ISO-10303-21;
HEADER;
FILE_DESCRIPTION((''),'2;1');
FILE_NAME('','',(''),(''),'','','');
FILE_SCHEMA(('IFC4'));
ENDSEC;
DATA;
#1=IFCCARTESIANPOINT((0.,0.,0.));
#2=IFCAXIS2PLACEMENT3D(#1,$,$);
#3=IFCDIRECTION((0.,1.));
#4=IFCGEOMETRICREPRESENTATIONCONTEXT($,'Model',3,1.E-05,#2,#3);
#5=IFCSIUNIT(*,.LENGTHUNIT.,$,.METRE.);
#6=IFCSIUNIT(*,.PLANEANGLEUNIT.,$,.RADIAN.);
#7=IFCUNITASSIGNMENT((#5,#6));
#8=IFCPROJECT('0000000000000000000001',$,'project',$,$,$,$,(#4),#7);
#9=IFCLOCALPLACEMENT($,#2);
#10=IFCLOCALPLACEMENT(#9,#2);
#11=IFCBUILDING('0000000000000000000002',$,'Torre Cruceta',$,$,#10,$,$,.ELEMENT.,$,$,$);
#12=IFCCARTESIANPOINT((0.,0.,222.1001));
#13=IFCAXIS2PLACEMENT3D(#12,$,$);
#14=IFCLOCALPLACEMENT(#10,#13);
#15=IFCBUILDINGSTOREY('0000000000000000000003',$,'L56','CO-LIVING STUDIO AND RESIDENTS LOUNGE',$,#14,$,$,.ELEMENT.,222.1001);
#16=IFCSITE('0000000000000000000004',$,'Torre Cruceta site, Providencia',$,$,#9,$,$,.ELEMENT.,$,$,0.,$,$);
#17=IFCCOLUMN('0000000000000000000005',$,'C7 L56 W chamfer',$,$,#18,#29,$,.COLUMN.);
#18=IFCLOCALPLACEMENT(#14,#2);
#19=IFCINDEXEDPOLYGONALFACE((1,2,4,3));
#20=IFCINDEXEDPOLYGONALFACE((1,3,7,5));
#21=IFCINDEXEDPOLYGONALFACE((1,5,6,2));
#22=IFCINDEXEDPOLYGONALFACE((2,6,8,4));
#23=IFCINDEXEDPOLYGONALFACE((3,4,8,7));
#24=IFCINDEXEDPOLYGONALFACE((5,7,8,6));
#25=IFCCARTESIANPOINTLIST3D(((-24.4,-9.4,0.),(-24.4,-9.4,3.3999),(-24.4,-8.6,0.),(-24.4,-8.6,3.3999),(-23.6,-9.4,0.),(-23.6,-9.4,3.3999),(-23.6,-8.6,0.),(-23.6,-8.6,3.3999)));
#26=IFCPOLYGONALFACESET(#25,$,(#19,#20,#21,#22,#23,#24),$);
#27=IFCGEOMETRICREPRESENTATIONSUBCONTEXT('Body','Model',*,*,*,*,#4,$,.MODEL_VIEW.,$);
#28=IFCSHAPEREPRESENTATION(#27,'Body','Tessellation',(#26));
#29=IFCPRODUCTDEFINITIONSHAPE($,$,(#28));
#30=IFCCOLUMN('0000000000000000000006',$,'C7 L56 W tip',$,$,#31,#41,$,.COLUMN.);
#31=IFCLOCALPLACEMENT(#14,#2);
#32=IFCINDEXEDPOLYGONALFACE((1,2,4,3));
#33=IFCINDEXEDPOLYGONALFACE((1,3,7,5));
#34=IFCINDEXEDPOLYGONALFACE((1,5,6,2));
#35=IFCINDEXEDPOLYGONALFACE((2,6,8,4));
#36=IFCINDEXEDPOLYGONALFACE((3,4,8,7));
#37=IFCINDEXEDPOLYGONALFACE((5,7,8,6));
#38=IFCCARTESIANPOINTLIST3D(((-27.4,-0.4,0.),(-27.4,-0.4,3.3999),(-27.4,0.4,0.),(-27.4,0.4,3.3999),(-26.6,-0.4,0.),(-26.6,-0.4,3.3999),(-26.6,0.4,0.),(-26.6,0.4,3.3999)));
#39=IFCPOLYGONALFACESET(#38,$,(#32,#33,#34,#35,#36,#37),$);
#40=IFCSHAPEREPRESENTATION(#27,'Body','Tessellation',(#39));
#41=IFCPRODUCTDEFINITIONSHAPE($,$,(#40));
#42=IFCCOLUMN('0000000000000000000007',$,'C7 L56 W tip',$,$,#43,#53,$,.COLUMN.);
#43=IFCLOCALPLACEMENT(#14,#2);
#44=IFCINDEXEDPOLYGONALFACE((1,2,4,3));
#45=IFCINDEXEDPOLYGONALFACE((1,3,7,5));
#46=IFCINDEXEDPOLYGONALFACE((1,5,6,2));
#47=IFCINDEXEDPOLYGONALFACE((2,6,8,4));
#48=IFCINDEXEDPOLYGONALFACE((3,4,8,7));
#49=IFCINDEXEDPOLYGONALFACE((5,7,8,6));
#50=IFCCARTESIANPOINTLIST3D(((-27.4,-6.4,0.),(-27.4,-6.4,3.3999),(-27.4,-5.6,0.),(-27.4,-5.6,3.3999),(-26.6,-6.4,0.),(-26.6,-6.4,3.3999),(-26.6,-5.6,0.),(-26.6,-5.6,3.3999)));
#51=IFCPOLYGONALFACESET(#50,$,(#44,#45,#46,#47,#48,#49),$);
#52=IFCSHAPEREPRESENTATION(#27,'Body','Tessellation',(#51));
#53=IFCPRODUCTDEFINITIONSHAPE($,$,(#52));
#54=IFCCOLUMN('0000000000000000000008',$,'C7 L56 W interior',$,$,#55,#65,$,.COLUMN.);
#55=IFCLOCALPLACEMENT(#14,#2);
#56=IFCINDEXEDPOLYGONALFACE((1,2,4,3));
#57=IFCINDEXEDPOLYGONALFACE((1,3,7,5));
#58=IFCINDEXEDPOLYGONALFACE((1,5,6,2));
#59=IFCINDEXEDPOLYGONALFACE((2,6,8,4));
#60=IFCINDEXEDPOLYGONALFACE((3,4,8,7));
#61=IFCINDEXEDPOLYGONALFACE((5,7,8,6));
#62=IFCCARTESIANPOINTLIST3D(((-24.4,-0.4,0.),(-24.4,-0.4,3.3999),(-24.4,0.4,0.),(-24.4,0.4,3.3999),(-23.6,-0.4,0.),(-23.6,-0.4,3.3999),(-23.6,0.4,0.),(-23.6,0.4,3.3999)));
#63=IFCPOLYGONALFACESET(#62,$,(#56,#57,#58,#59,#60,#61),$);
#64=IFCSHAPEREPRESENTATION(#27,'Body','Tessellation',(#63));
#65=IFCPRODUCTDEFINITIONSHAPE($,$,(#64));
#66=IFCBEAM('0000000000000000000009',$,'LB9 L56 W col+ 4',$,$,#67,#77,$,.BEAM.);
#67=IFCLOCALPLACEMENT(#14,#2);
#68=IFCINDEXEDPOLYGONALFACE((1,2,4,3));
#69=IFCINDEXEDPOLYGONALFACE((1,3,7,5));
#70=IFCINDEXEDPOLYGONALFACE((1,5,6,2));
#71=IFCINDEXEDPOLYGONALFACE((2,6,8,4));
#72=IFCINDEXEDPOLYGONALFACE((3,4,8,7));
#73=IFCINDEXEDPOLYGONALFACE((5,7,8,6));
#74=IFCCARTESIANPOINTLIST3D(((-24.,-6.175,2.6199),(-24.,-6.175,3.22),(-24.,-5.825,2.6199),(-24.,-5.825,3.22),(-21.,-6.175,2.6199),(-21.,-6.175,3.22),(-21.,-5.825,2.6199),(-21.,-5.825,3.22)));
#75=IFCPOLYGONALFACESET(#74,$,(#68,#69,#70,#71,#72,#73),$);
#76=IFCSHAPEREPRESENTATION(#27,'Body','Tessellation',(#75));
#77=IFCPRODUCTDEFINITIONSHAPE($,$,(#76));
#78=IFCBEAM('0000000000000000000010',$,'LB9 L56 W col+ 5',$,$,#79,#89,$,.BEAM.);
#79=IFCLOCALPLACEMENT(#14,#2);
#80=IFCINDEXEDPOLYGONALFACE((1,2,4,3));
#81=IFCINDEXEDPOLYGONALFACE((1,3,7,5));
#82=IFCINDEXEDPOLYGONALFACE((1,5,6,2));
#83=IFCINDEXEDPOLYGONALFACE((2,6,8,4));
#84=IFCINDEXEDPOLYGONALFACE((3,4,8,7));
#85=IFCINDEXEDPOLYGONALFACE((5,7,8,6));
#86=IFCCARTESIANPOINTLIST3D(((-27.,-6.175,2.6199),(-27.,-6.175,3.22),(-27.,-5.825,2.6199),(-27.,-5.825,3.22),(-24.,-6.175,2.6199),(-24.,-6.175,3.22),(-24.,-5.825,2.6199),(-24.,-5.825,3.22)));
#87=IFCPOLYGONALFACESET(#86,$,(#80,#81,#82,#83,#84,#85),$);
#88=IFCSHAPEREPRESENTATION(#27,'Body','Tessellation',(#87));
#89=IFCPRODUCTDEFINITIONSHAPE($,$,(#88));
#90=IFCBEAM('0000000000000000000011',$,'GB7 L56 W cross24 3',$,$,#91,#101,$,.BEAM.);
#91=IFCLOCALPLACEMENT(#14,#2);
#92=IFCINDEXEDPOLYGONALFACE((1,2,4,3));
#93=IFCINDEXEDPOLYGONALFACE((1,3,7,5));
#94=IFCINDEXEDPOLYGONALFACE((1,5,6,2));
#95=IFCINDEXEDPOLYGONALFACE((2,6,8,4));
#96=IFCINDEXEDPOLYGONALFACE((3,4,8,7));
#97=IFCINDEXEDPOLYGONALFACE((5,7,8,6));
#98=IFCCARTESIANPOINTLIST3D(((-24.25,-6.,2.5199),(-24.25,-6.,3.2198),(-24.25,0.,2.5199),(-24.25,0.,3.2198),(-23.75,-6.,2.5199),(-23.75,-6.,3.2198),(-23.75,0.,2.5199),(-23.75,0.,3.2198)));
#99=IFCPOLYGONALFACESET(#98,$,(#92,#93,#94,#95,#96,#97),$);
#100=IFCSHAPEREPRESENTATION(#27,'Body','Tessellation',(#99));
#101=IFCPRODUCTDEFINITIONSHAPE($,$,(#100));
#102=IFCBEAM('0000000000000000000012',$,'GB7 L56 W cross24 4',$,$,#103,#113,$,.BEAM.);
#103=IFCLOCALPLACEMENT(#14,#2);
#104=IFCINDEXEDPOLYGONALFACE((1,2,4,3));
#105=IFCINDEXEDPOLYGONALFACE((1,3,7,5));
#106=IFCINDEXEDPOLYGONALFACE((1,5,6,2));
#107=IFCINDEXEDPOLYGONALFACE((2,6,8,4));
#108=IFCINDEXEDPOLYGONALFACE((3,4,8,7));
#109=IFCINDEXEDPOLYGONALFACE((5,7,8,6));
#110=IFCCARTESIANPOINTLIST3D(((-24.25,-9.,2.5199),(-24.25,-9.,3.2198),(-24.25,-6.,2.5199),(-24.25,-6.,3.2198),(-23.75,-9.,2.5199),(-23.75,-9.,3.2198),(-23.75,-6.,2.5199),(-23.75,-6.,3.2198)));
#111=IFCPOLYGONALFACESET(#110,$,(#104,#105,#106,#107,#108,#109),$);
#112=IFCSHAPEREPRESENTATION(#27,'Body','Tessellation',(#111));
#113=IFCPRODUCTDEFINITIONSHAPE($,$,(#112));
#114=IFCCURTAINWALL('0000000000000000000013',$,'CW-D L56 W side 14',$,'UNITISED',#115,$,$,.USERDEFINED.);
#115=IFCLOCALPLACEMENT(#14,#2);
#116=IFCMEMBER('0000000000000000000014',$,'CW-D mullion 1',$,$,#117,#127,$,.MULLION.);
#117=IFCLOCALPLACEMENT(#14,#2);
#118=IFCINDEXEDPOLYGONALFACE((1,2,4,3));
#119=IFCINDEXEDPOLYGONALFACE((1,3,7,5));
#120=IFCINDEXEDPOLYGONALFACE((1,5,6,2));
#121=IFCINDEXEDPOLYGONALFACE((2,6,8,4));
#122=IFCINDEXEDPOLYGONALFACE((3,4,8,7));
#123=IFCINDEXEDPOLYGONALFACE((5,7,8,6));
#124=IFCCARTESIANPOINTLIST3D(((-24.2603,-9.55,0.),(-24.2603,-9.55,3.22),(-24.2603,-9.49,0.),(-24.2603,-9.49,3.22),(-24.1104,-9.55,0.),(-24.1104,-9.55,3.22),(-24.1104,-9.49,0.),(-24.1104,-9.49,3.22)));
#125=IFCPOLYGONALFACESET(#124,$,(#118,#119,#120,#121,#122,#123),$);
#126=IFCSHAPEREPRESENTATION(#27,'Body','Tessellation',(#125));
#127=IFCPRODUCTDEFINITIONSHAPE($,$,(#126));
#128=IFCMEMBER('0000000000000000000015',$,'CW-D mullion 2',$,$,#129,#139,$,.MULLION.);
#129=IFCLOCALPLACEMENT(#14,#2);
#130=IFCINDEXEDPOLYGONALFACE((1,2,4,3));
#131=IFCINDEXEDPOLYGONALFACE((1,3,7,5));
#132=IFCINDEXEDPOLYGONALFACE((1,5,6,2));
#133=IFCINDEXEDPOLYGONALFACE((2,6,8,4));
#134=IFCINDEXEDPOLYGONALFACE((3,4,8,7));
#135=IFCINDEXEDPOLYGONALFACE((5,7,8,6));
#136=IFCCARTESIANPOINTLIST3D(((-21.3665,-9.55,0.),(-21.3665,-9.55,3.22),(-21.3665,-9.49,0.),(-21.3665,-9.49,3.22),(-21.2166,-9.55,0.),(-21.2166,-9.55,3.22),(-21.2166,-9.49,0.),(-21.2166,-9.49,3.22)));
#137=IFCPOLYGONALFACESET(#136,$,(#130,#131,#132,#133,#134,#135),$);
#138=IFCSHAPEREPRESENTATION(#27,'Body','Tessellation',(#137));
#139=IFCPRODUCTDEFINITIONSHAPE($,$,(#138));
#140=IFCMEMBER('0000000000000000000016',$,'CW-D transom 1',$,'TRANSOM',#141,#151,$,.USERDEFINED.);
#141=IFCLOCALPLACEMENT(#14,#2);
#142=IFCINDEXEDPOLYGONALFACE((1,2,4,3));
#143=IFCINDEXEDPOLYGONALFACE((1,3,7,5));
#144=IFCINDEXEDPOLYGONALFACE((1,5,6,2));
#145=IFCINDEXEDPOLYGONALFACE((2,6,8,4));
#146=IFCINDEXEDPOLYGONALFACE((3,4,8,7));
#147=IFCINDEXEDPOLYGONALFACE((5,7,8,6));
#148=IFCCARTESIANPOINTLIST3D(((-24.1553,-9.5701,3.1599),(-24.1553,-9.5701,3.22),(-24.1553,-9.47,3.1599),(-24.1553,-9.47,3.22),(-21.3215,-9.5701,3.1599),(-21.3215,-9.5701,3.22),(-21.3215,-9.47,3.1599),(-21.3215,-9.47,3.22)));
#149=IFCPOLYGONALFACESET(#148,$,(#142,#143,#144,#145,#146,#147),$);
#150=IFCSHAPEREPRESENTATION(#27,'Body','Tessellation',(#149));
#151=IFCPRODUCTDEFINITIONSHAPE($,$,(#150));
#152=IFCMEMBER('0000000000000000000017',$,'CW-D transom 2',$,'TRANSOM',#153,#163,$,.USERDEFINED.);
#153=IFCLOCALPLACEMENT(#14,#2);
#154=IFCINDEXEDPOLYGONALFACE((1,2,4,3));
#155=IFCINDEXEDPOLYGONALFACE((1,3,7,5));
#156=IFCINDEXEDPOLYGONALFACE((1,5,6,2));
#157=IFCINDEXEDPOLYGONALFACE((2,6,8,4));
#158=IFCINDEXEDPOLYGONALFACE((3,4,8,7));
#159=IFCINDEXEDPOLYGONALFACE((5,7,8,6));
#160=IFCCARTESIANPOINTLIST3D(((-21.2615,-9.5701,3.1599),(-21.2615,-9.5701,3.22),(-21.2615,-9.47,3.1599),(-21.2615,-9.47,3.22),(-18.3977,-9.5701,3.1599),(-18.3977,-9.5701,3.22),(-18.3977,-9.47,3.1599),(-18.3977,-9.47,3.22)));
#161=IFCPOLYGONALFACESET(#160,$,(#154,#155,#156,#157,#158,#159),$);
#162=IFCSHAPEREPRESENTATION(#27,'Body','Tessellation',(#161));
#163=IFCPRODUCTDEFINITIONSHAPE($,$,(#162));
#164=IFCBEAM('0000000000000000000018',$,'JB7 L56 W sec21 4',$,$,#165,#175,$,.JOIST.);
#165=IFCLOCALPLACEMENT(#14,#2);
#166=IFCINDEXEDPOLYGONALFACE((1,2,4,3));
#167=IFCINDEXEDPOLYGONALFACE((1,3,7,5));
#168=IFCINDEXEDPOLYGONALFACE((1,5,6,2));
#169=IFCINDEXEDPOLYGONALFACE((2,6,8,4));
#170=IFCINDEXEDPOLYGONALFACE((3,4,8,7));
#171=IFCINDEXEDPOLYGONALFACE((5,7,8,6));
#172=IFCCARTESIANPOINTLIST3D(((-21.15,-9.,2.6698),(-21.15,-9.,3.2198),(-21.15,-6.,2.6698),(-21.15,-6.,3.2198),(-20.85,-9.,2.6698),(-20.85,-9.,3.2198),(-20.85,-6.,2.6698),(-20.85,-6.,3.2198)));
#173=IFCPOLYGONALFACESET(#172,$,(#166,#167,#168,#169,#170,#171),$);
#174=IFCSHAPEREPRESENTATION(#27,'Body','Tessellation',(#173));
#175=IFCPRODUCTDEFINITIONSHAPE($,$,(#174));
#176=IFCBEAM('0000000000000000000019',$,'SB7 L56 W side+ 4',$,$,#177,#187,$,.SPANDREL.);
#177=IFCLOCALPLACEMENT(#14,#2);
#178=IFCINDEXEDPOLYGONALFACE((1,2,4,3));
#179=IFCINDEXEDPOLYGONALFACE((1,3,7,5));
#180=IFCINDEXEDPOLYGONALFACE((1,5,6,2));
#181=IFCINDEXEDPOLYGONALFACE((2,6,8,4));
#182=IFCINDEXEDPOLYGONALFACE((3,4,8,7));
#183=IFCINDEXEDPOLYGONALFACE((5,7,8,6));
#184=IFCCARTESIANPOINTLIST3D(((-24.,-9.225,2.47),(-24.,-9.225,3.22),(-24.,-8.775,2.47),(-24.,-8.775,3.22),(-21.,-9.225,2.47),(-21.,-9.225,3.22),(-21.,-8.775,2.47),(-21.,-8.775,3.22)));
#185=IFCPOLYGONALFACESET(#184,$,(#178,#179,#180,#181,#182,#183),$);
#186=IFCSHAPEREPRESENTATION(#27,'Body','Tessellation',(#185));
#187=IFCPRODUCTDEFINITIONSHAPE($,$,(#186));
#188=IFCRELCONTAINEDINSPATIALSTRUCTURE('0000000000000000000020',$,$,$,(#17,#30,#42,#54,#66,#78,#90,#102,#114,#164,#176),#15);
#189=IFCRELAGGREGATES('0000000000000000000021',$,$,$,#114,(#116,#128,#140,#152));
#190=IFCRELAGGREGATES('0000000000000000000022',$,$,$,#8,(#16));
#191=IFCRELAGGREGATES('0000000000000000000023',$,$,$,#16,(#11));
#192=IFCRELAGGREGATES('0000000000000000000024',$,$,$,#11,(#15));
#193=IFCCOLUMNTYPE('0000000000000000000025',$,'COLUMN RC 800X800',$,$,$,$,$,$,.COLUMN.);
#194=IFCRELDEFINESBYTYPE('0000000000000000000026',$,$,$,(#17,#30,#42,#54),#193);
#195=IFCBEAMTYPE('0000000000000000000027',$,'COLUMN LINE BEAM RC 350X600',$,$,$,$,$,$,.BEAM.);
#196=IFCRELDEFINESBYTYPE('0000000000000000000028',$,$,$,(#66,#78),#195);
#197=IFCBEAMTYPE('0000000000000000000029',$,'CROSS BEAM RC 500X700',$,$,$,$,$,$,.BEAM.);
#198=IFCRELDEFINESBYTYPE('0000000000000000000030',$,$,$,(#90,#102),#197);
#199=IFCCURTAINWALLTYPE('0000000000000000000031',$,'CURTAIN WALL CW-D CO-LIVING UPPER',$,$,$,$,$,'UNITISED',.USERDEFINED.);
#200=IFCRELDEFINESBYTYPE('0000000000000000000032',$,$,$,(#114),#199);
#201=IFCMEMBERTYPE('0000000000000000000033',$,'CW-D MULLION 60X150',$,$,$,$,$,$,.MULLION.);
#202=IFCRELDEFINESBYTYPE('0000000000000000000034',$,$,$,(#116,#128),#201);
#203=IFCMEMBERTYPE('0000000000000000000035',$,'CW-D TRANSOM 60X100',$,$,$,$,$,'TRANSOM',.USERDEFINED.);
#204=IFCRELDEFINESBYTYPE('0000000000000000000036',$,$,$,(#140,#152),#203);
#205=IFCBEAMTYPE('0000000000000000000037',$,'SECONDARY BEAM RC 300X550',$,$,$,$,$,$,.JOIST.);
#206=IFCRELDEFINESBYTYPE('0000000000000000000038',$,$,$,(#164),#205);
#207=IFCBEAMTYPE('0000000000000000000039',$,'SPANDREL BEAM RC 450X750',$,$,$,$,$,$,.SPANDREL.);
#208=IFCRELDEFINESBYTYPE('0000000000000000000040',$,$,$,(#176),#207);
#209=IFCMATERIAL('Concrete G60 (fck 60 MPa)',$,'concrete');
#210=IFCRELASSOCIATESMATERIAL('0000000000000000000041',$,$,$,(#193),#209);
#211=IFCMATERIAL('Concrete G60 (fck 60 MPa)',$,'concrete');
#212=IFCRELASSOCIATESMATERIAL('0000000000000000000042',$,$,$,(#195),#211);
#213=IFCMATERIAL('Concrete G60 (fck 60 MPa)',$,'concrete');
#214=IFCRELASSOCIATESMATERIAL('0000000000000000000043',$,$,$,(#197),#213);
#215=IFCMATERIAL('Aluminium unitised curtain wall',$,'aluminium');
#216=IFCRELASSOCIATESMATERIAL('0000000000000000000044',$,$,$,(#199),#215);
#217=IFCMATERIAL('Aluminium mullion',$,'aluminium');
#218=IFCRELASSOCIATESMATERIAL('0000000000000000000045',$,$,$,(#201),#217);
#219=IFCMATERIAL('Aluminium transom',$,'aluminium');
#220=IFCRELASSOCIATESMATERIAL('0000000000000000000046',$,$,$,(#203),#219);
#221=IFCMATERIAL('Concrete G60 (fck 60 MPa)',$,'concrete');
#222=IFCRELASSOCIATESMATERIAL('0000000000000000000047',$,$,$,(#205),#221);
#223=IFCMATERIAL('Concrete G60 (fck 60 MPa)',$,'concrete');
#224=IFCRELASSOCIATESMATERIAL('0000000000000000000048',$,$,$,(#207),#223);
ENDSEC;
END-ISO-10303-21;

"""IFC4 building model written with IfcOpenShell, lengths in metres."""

from ifc_helpers import new_model, si_unit, direction, frame, origin, origin_2d, place, context, subcontext, project, spatial, rectangle, extrude, material, material_profile, profile_set, type_object, element, aggregate, save


model = new_model("IFC4")

# Units and contexts
model_context = context("Model", 3, precision=1e-05, world=origin(), true_north=direction((0.0, 1.0)))
body_context = subcontext(model_context, "Body", "Model", "MODEL_VIEW")
ifc_project = project(units=[si_unit("LENGTHUNIT", "METRE"), si_unit("PLANEANGLEUNIT", "RADIAN")], contexts=[model_context])

# Site, building, storey
site_placement = place(None, origin())
site = spatial("IfcSite", under=ifc_project, at=site_placement, Name="Torre Cruceta site, Providencia", CompositionType="ELEMENT", RefElevation=0.0)
building_placement = place(site_placement, origin())
building = spatial("IfcBuilding", under=site, at=building_placement, Name="Torre Cruceta", CompositionType="ELEMENT")
storey_placement = place(building_placement, frame((0.0, 0.0, 222.1001)))
storey = spatial("IfcBuildingStorey", under=building, at=storey_placement, Name="L56", Description="CO-LIVING STUDIO AND RESIDENTS LOUNGE", CompositionType="ELEMENT", Elevation=222.1001)

# Columns
ifc_material_1 = material(Name="Concrete G60 (fck 60 MPa)", Category="concrete")
ifc_material_profile_1 = material_profile(ifc_material_1, rectangle(XDim=0.8, YDim=0.8, at=origin_2d()), Name="RC 800X800")
ifc_profile_set_1 = profile_set([ifc_material_profile_1], Name="Concrete G60 (fck 60 MPa)")
column_type = type_object("IfcColumnType", Name="COLUMN RC 800X800", PredefinedType="COLUMN", material=ifc_profile_set_1)
for number, where, z_axis, x_axis, name in (
    (1, (-24.0, -9.0, 0.0), (0.0, 0.0, 1.0), (1.0, 0.0, 0.0), "C7 L56 W chamfer"),
    (2, (-27.0, 0.0, 0.0), (0.0, 0.0, 1.0), (1.0, 0.0, 0.0), "C7 L56 W tip"),
    (3, (-27.0, -6.0, 0.0), (0.0, 0.0, 1.0), (1.0, 0.0, 0.0), "C7 L56 W tip"),
    (4, (-24.0, 0.0, 0.0), (0.0, 0.0, 1.0), (1.0, 0.0, 0.0), "C7 L56 W interior"),
):
    element("IfcColumn", number, at=place(storey_placement, frame(where, z_axis=z_axis, x_axis=x_axis)), inside=storey, type_object=column_type, Name=name, PredefinedType="COLUMN", context=body_context, shape_type="SweptSolid", body=[
        extrude(rectangle(XDim=0.8, YDim=0.8, at=origin_2d()), origin(), (0.0, 0.0, 1.0), 3.3999),
    ])

# Beams
ifc_material_2 = material(Name="Concrete G60 (fck 60 MPa)", Category="concrete")
ifc_material_profile_2 = material_profile(ifc_material_2, rectangle(XDim=0.3501, YDim=0.6001, at=origin_2d()), Name="RC 350X600")
ifc_profile_set_2 = profile_set([ifc_material_profile_2], Name="Concrete G60 (fck 60 MPa)")
beam_type_1 = type_object("IfcBeamType", Name="COLUMN LINE BEAM RC 350X600", PredefinedType="BEAM", material=ifc_profile_set_2)
for number, where, z_axis, x_axis, name in (
    (5, (-21.0, -6.0, 2.9199), (-1.0, 0.0, 0.0), (0.0, -1.0, 0.0), "LB9 L56 W col+ 4"),
    (6, (-24.0, -6.0, 2.9199), (-1.0, 0.0, 0.0), (0.0, -1.0, 0.0), "LB9 L56 W col+ 5"),
):
    element("IfcBeam", number, at=place(storey_placement, frame(where, z_axis=z_axis, x_axis=x_axis)), inside=storey, type_object=beam_type_1, Name=name, PredefinedType="BEAM", context=body_context, shape_type="SweptSolid", body=[
        extrude(rectangle(XDim=0.3501, YDim=0.6001, at=origin_2d()), origin(), (0.0, 0.0, 1.0), 3.0),
    ])
ifc_material_3 = material(Name="Concrete G60 (fck 60 MPa)", Category="concrete")
ifc_material_profile_3 = material_profile(ifc_material_3, rectangle(XDim=0.5, YDim=0.7, at=origin_2d()), Name="RC 500X700")
ifc_profile_set_3 = profile_set([ifc_material_profile_3], Name="Concrete G60 (fck 60 MPa)")
beam_type_2 = type_object("IfcBeamType", Name="CROSS BEAM RC 500X700", PredefinedType="BEAM", material=ifc_profile_set_3)
beam_1_placement = place(storey_placement, frame((-24.0, 0.0, 2.8699), z_axis=(0.0, -1.0, 0.0), x_axis=(1.0, 0.0, 0.0)))
element("IfcBeam", 7, at=beam_1_placement, inside=storey, type_object=beam_type_2, Name="GB7 L56 W cross24 3", PredefinedType="BEAM", context=body_context, shape_type="SweptSolid", body=[
    extrude(rectangle(XDim=0.5, YDim=0.7, at=origin_2d()), origin(), (0.0, 0.0, 1.0), 6.0),
])
beam_2_placement = place(storey_placement, frame((-24.0, -6.0, 2.8699), z_axis=(0.0, -1.0, 0.0), x_axis=(1.0, 0.0, 0.0)))
element("IfcBeam", 8, at=beam_2_placement, inside=storey, type_object=beam_type_2, Name="GB7 L56 W cross24 4", PredefinedType="BEAM", context=body_context, shape_type="SweptSolid", body=[
    extrude(rectangle(XDim=0.5, YDim=0.7, at=origin_2d()), origin(), (0.0, 0.0, 1.0), 3.0),
])

# Curtain wall, members
ifc_material_4 = material(Name="Aluminium unitised curtain wall", Category="aluminium")
curtain_wall_type = type_object("IfcCurtainWallType", Name="CURTAIN WALL CW-D CO-LIVING UPPER", ElementType="UNITISED", PredefinedType="USERDEFINED", material=ifc_material_4)
curtain_wall_placement = place(storey_placement, origin())
curtain_wall = element("IfcCurtainWall", 9, at=curtain_wall_placement, inside=storey, type_object=curtain_wall_type, Name="CW-D L56 W side 14", ObjectType="UNITISED", PredefinedType="USERDEFINED")
ifc_material_5 = material(Name="Aluminium mullion", Category="aluminium")
ifc_material_profile_4 = material_profile(ifc_material_5, rectangle(XDim=0.0601, YDim=0.1499, at=origin_2d()), Name="AL 60X150")
ifc_profile_set_4 = profile_set([ifc_material_profile_4], Name="Aluminium mullion")
member_type_1 = type_object("IfcMemberType", Name="CW-D MULLION 60X150", PredefinedType="MULLION", material=ifc_profile_set_4)
member_1_placement = place(storey_placement, frame((-24.1853, -9.52, 0.0), z_axis=(0.0, 0.0, 1.0), x_axis=(0.0, 1.0, 0.0)))
member_1 = element("IfcMember", 10, at=member_1_placement, type_object=member_type_1, Name="CW-D mullion 1", PredefinedType="MULLION", context=body_context, shape_type="SweptSolid", body=[
    extrude(rectangle(XDim=0.0601, YDim=0.1499, at=origin_2d()), origin(), (0.0, 0.0, 1.0), 3.22),
])
member_2_placement = place(storey_placement, frame((-21.2915, -9.52, 0.0), z_axis=(0.0, 0.0, 1.0), x_axis=(0.0, 1.0, 0.0)))
member_2 = element("IfcMember", 11, at=member_2_placement, type_object=member_type_1, Name="CW-D mullion 2", PredefinedType="MULLION", context=body_context, shape_type="SweptSolid", body=[
    extrude(rectangle(XDim=0.0601, YDim=0.1499, at=origin_2d()), origin(), (0.0, 0.0, 1.0), 3.22),
])
ifc_material_6 = material(Name="Aluminium transom", Category="aluminium")
ifc_material_profile_5 = material_profile(ifc_material_6, rectangle(XDim=0.1001, YDim=0.0601, at=origin_2d()), Name="AL 100X60")
ifc_profile_set_5 = profile_set([ifc_material_profile_5], Name="Aluminium transom")
member_type_2 = type_object("IfcMemberType", Name="CW-D TRANSOM 60X100", ElementType="TRANSOM", PredefinedType="USERDEFINED", material=ifc_profile_set_5)
member_3_placement = place(storey_placement, frame((-24.1553, -9.52, 3.1899), z_axis=(1.0, 0.0, 0.0), x_axis=(0.0, 1.0, 0.0)))
member_3 = element("IfcMember", 12, at=member_3_placement, type_object=member_type_2, Name="CW-D transom 1", ObjectType="TRANSOM", PredefinedType="USERDEFINED", context=body_context, shape_type="SweptSolid", body=[
    extrude(rectangle(XDim=0.1001, YDim=0.0601, at=origin_2d()), origin(), (0.0, 0.0, 1.0), 2.8337),
])
member_4_placement = place(storey_placement, frame((-21.2615, -9.52, 3.1899), z_axis=(1.0, 0.0, 0.0), x_axis=(0.0, 1.0, 0.0)))
member_4 = element("IfcMember", 13, at=member_4_placement, type_object=member_type_2, Name="CW-D transom 2", ObjectType="TRANSOM", PredefinedType="USERDEFINED", context=body_context, shape_type="SweptSolid", body=[
    extrude(rectangle(XDim=0.1001, YDim=0.0601, at=origin_2d()), origin(), (0.0, 0.0, 1.0), 2.8638),
])

# Beams
ifc_material_7 = material(Name="Concrete G60 (fck 60 MPa)", Category="concrete")
ifc_material_profile_6 = material_profile(ifc_material_7, rectangle(XDim=0.3, YDim=0.55, at=origin_2d()), Name="RC 300X550")
ifc_profile_set_6 = profile_set([ifc_material_profile_6], Name="Concrete G60 (fck 60 MPa)")
beam_type_3 = type_object("IfcBeamType", Name="SECONDARY BEAM RC 300X550", PredefinedType="JOIST", material=ifc_profile_set_6)
beam_3_placement = place(storey_placement, frame((-21.0, -6.0, 2.9448), z_axis=(0.0, -1.0, 0.0), x_axis=(1.0, 0.0, 0.0)))
element("IfcBeam", 14, at=beam_3_placement, inside=storey, type_object=beam_type_3, Name="JB7 L56 W sec21 4", PredefinedType="JOIST", context=body_context, shape_type="SweptSolid", body=[
    extrude(rectangle(XDim=0.3, YDim=0.55, at=origin_2d()), origin(), (0.0, 0.0, 1.0), 3.0),
])
ifc_material_8 = material(Name="Concrete G60 (fck 60 MPa)", Category="concrete")
ifc_material_profile_7 = material_profile(ifc_material_8, rectangle(XDim=0.45, YDim=0.75, at=origin_2d()), Name="RC 450X750")
ifc_profile_set_7 = profile_set([ifc_material_profile_7], Name="Concrete G60 (fck 60 MPa)")
beam_type_4 = type_object("IfcBeamType", Name="SPANDREL BEAM RC 450X750", PredefinedType="SPANDREL", material=ifc_profile_set_7)
beam_4_placement = place(storey_placement, frame((-21.0, -9.0, 2.845), z_axis=(-1.0, 0.0, 0.0), x_axis=(0.0, -1.0, 0.0)))
element("IfcBeam", 15, at=beam_4_placement, inside=storey, type_object=beam_type_4, Name="SB7 L56 W side+ 4", PredefinedType="SPANDREL", context=body_context, shape_type="SweptSolid", body=[
    extrude(rectangle(XDim=0.45, YDim=0.75, at=origin_2d()), origin(), (0.0, 0.0, 1.0), 3.0),
])

aggregate(curtain_wall, [member_1, member_2, member_3, member_4])

save(model, "model.ifc")
